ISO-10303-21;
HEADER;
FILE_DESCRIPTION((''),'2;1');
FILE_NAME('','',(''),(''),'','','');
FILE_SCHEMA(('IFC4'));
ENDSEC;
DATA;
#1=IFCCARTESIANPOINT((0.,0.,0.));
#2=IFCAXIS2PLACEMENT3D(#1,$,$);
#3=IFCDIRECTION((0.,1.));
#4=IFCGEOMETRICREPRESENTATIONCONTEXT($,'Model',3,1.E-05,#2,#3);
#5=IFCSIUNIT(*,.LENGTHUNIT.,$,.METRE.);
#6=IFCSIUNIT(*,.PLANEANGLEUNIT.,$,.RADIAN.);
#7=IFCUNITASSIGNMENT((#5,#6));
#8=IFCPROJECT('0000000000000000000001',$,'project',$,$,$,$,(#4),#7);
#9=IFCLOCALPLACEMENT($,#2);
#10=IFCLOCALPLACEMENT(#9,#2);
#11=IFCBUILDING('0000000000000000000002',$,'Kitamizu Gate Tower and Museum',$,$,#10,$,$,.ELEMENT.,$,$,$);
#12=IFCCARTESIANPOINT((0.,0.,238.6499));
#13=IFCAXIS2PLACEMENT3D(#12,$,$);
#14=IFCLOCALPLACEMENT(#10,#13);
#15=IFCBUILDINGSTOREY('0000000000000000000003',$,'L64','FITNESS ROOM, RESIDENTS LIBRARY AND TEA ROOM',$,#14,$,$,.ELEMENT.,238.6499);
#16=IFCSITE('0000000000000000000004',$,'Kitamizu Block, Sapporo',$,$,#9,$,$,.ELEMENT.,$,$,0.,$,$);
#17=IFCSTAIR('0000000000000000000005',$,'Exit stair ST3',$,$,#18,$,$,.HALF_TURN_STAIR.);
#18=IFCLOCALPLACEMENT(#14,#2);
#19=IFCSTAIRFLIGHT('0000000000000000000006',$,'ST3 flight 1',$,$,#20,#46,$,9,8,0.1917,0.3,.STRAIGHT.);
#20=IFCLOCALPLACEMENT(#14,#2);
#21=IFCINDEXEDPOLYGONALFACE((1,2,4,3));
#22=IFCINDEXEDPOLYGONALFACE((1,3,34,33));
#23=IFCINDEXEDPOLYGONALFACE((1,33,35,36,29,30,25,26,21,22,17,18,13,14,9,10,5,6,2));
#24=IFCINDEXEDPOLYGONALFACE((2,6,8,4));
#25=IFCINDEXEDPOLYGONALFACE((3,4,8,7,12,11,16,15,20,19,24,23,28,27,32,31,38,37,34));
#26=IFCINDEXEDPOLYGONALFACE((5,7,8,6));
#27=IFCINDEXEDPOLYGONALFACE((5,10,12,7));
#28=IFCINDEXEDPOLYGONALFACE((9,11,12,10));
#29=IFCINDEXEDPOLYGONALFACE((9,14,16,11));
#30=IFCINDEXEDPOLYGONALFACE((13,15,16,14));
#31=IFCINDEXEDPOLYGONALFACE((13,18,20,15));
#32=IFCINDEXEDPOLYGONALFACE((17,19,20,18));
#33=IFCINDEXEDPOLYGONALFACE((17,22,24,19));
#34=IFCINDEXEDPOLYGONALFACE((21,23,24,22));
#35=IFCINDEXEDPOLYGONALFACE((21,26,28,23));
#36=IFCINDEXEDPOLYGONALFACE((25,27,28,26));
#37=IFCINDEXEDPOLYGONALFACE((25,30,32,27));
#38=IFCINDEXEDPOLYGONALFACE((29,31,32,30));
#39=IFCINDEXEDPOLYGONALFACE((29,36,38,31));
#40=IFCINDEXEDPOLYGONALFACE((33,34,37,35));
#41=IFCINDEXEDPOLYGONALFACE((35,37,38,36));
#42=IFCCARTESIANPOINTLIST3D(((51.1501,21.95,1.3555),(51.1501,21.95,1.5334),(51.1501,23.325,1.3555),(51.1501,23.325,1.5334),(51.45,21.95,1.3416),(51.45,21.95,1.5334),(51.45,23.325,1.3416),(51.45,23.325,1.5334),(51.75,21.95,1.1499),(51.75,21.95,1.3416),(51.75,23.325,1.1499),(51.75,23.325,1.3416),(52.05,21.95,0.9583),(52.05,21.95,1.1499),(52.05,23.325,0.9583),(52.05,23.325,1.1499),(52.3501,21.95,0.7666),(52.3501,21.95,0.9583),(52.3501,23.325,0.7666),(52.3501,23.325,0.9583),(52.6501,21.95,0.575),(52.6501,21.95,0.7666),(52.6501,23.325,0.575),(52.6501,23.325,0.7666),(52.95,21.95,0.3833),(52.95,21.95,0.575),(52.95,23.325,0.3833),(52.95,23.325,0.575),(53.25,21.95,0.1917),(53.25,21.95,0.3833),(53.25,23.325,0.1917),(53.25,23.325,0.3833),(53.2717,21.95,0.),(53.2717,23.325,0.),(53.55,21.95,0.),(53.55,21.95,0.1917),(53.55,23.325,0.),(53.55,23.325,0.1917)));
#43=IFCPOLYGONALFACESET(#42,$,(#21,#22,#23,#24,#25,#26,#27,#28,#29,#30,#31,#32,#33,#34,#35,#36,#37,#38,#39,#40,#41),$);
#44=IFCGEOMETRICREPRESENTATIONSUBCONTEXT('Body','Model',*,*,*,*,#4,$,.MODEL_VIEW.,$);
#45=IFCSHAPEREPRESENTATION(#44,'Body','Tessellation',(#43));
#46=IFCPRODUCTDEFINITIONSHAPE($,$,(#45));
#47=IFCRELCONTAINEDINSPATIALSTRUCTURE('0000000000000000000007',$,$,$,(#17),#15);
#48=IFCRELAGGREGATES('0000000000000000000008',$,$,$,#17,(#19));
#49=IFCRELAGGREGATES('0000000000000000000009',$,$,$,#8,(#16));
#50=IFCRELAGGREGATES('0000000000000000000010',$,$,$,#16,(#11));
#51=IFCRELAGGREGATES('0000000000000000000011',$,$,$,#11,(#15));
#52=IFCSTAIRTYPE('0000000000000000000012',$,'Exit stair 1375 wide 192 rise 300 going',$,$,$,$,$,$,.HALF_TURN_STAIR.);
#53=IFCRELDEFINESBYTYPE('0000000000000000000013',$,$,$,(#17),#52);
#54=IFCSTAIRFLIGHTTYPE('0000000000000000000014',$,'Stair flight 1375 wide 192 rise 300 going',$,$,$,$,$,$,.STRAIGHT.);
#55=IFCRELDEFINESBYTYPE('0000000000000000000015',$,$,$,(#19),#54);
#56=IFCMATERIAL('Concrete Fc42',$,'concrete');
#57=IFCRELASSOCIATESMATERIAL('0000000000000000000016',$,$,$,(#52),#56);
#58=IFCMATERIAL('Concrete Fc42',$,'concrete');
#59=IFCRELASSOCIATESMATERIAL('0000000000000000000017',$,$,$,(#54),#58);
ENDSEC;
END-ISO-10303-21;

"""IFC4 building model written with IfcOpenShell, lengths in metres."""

from ifc_helpers import new_model, si_unit, direction, frame, origin, place, context, subcontext, project, spatial, polyline, outline, extrude, material, type_object, element, aggregate, save


model = new_model("IFC4")

# Units and contexts
model_context = context("Model", 3, precision=1e-05, world=origin(), true_north=direction((0.0, 1.0)))
body_context = subcontext(model_context, "Body", "Model", "MODEL_VIEW")
ifc_project = project(units=[si_unit("LENGTHUNIT", "METRE"), si_unit("PLANEANGLEUNIT", "RADIAN")], contexts=[model_context])

# Site, building, storey
site_placement = place(None, origin())
site = spatial("IfcSite", under=ifc_project, at=site_placement, Name="Kitamizu Block, Sapporo", CompositionType="ELEMENT", RefElevation=0.0)
building_placement = place(site_placement, origin())
building = spatial("IfcBuilding", under=site, at=building_placement, Name="Kitamizu Gate Tower and Museum", CompositionType="ELEMENT")
storey_placement = place(building_placement, frame((0.0, 0.0, 238.6499)))
storey = spatial("IfcBuildingStorey", under=building, at=storey_placement, Name="L64", Description="FITNESS ROOM, RESIDENTS LIBRARY AND TEA ROOM", CompositionType="ELEMENT", Elevation=238.6499)

# Stair, stair flight
ifc_material_1 = material(Name="Concrete Fc42", Category="concrete")
stair_type = type_object("IfcStairType", Name="Exit stair 1375 wide 192 rise 300 going", PredefinedType="HALF_TURN_STAIR", material=ifc_material_1)
stair_placement = place(storey_placement, origin())
stair = element("IfcStair", 1, at=stair_placement, inside=storey, type_object=stair_type, Name="Exit stair ST3", PredefinedType="HALF_TURN_STAIR")
ifc_material_2 = material(Name="Concrete Fc42", Category="concrete")
stair_flight_type = type_object("IfcStairFlightType", Name="Stair flight 1375 wide 192 rise 300 going", PredefinedType="STRAIGHT", material=ifc_material_2)
stair_flight_placement = place(storey_placement, frame((53.55, 22.6375, 0.0), z_axis=(0.0, 0.0, 1.0), x_axis=(-1.0, 0.0, 0.0)))
stair_flight = element("IfcStairFlight", 2, at=stair_flight_placement, type_object=stair_flight_type, Name="ST3 flight 1", NumberOfRisers=9, NumberOfTreads=8, PredefinedType="STRAIGHT", RiserHeight=0.1917, TreadLength=0.3, context=body_context, shape_type="SweptSolid", body=[
    extrude(outline(polyline([(0.0, 0.0), (0.0, 0.1917), (0.3, 0.1917), (0.3, 0.3833), (0.6001, 0.3833), (0.6001, 0.575), (0.8999, 0.575), (0.8999, 0.7666), (1.2, 0.7666), (1.2, 0.9583), (1.5, 0.9583), (1.5, 1.1499), (1.8, 1.1499), (1.8, 1.3416), (2.1001, 1.3416), (2.1001, 1.5334), (2.3999, 1.5334), (2.3999, 1.7251), (2.3999, 1.3555), (0.2783, 0.0), (0.0, 0.0)])), frame((0.0, 0.6875, 0.0), z_axis=(0.0, -1.0, 0.0), x_axis=(1.0, 0.0, 0.0)), (0.0, 0.0, 1.0), 1.375),
])
aggregate(stair, [stair_flight])

save(model, "model.ifc")
